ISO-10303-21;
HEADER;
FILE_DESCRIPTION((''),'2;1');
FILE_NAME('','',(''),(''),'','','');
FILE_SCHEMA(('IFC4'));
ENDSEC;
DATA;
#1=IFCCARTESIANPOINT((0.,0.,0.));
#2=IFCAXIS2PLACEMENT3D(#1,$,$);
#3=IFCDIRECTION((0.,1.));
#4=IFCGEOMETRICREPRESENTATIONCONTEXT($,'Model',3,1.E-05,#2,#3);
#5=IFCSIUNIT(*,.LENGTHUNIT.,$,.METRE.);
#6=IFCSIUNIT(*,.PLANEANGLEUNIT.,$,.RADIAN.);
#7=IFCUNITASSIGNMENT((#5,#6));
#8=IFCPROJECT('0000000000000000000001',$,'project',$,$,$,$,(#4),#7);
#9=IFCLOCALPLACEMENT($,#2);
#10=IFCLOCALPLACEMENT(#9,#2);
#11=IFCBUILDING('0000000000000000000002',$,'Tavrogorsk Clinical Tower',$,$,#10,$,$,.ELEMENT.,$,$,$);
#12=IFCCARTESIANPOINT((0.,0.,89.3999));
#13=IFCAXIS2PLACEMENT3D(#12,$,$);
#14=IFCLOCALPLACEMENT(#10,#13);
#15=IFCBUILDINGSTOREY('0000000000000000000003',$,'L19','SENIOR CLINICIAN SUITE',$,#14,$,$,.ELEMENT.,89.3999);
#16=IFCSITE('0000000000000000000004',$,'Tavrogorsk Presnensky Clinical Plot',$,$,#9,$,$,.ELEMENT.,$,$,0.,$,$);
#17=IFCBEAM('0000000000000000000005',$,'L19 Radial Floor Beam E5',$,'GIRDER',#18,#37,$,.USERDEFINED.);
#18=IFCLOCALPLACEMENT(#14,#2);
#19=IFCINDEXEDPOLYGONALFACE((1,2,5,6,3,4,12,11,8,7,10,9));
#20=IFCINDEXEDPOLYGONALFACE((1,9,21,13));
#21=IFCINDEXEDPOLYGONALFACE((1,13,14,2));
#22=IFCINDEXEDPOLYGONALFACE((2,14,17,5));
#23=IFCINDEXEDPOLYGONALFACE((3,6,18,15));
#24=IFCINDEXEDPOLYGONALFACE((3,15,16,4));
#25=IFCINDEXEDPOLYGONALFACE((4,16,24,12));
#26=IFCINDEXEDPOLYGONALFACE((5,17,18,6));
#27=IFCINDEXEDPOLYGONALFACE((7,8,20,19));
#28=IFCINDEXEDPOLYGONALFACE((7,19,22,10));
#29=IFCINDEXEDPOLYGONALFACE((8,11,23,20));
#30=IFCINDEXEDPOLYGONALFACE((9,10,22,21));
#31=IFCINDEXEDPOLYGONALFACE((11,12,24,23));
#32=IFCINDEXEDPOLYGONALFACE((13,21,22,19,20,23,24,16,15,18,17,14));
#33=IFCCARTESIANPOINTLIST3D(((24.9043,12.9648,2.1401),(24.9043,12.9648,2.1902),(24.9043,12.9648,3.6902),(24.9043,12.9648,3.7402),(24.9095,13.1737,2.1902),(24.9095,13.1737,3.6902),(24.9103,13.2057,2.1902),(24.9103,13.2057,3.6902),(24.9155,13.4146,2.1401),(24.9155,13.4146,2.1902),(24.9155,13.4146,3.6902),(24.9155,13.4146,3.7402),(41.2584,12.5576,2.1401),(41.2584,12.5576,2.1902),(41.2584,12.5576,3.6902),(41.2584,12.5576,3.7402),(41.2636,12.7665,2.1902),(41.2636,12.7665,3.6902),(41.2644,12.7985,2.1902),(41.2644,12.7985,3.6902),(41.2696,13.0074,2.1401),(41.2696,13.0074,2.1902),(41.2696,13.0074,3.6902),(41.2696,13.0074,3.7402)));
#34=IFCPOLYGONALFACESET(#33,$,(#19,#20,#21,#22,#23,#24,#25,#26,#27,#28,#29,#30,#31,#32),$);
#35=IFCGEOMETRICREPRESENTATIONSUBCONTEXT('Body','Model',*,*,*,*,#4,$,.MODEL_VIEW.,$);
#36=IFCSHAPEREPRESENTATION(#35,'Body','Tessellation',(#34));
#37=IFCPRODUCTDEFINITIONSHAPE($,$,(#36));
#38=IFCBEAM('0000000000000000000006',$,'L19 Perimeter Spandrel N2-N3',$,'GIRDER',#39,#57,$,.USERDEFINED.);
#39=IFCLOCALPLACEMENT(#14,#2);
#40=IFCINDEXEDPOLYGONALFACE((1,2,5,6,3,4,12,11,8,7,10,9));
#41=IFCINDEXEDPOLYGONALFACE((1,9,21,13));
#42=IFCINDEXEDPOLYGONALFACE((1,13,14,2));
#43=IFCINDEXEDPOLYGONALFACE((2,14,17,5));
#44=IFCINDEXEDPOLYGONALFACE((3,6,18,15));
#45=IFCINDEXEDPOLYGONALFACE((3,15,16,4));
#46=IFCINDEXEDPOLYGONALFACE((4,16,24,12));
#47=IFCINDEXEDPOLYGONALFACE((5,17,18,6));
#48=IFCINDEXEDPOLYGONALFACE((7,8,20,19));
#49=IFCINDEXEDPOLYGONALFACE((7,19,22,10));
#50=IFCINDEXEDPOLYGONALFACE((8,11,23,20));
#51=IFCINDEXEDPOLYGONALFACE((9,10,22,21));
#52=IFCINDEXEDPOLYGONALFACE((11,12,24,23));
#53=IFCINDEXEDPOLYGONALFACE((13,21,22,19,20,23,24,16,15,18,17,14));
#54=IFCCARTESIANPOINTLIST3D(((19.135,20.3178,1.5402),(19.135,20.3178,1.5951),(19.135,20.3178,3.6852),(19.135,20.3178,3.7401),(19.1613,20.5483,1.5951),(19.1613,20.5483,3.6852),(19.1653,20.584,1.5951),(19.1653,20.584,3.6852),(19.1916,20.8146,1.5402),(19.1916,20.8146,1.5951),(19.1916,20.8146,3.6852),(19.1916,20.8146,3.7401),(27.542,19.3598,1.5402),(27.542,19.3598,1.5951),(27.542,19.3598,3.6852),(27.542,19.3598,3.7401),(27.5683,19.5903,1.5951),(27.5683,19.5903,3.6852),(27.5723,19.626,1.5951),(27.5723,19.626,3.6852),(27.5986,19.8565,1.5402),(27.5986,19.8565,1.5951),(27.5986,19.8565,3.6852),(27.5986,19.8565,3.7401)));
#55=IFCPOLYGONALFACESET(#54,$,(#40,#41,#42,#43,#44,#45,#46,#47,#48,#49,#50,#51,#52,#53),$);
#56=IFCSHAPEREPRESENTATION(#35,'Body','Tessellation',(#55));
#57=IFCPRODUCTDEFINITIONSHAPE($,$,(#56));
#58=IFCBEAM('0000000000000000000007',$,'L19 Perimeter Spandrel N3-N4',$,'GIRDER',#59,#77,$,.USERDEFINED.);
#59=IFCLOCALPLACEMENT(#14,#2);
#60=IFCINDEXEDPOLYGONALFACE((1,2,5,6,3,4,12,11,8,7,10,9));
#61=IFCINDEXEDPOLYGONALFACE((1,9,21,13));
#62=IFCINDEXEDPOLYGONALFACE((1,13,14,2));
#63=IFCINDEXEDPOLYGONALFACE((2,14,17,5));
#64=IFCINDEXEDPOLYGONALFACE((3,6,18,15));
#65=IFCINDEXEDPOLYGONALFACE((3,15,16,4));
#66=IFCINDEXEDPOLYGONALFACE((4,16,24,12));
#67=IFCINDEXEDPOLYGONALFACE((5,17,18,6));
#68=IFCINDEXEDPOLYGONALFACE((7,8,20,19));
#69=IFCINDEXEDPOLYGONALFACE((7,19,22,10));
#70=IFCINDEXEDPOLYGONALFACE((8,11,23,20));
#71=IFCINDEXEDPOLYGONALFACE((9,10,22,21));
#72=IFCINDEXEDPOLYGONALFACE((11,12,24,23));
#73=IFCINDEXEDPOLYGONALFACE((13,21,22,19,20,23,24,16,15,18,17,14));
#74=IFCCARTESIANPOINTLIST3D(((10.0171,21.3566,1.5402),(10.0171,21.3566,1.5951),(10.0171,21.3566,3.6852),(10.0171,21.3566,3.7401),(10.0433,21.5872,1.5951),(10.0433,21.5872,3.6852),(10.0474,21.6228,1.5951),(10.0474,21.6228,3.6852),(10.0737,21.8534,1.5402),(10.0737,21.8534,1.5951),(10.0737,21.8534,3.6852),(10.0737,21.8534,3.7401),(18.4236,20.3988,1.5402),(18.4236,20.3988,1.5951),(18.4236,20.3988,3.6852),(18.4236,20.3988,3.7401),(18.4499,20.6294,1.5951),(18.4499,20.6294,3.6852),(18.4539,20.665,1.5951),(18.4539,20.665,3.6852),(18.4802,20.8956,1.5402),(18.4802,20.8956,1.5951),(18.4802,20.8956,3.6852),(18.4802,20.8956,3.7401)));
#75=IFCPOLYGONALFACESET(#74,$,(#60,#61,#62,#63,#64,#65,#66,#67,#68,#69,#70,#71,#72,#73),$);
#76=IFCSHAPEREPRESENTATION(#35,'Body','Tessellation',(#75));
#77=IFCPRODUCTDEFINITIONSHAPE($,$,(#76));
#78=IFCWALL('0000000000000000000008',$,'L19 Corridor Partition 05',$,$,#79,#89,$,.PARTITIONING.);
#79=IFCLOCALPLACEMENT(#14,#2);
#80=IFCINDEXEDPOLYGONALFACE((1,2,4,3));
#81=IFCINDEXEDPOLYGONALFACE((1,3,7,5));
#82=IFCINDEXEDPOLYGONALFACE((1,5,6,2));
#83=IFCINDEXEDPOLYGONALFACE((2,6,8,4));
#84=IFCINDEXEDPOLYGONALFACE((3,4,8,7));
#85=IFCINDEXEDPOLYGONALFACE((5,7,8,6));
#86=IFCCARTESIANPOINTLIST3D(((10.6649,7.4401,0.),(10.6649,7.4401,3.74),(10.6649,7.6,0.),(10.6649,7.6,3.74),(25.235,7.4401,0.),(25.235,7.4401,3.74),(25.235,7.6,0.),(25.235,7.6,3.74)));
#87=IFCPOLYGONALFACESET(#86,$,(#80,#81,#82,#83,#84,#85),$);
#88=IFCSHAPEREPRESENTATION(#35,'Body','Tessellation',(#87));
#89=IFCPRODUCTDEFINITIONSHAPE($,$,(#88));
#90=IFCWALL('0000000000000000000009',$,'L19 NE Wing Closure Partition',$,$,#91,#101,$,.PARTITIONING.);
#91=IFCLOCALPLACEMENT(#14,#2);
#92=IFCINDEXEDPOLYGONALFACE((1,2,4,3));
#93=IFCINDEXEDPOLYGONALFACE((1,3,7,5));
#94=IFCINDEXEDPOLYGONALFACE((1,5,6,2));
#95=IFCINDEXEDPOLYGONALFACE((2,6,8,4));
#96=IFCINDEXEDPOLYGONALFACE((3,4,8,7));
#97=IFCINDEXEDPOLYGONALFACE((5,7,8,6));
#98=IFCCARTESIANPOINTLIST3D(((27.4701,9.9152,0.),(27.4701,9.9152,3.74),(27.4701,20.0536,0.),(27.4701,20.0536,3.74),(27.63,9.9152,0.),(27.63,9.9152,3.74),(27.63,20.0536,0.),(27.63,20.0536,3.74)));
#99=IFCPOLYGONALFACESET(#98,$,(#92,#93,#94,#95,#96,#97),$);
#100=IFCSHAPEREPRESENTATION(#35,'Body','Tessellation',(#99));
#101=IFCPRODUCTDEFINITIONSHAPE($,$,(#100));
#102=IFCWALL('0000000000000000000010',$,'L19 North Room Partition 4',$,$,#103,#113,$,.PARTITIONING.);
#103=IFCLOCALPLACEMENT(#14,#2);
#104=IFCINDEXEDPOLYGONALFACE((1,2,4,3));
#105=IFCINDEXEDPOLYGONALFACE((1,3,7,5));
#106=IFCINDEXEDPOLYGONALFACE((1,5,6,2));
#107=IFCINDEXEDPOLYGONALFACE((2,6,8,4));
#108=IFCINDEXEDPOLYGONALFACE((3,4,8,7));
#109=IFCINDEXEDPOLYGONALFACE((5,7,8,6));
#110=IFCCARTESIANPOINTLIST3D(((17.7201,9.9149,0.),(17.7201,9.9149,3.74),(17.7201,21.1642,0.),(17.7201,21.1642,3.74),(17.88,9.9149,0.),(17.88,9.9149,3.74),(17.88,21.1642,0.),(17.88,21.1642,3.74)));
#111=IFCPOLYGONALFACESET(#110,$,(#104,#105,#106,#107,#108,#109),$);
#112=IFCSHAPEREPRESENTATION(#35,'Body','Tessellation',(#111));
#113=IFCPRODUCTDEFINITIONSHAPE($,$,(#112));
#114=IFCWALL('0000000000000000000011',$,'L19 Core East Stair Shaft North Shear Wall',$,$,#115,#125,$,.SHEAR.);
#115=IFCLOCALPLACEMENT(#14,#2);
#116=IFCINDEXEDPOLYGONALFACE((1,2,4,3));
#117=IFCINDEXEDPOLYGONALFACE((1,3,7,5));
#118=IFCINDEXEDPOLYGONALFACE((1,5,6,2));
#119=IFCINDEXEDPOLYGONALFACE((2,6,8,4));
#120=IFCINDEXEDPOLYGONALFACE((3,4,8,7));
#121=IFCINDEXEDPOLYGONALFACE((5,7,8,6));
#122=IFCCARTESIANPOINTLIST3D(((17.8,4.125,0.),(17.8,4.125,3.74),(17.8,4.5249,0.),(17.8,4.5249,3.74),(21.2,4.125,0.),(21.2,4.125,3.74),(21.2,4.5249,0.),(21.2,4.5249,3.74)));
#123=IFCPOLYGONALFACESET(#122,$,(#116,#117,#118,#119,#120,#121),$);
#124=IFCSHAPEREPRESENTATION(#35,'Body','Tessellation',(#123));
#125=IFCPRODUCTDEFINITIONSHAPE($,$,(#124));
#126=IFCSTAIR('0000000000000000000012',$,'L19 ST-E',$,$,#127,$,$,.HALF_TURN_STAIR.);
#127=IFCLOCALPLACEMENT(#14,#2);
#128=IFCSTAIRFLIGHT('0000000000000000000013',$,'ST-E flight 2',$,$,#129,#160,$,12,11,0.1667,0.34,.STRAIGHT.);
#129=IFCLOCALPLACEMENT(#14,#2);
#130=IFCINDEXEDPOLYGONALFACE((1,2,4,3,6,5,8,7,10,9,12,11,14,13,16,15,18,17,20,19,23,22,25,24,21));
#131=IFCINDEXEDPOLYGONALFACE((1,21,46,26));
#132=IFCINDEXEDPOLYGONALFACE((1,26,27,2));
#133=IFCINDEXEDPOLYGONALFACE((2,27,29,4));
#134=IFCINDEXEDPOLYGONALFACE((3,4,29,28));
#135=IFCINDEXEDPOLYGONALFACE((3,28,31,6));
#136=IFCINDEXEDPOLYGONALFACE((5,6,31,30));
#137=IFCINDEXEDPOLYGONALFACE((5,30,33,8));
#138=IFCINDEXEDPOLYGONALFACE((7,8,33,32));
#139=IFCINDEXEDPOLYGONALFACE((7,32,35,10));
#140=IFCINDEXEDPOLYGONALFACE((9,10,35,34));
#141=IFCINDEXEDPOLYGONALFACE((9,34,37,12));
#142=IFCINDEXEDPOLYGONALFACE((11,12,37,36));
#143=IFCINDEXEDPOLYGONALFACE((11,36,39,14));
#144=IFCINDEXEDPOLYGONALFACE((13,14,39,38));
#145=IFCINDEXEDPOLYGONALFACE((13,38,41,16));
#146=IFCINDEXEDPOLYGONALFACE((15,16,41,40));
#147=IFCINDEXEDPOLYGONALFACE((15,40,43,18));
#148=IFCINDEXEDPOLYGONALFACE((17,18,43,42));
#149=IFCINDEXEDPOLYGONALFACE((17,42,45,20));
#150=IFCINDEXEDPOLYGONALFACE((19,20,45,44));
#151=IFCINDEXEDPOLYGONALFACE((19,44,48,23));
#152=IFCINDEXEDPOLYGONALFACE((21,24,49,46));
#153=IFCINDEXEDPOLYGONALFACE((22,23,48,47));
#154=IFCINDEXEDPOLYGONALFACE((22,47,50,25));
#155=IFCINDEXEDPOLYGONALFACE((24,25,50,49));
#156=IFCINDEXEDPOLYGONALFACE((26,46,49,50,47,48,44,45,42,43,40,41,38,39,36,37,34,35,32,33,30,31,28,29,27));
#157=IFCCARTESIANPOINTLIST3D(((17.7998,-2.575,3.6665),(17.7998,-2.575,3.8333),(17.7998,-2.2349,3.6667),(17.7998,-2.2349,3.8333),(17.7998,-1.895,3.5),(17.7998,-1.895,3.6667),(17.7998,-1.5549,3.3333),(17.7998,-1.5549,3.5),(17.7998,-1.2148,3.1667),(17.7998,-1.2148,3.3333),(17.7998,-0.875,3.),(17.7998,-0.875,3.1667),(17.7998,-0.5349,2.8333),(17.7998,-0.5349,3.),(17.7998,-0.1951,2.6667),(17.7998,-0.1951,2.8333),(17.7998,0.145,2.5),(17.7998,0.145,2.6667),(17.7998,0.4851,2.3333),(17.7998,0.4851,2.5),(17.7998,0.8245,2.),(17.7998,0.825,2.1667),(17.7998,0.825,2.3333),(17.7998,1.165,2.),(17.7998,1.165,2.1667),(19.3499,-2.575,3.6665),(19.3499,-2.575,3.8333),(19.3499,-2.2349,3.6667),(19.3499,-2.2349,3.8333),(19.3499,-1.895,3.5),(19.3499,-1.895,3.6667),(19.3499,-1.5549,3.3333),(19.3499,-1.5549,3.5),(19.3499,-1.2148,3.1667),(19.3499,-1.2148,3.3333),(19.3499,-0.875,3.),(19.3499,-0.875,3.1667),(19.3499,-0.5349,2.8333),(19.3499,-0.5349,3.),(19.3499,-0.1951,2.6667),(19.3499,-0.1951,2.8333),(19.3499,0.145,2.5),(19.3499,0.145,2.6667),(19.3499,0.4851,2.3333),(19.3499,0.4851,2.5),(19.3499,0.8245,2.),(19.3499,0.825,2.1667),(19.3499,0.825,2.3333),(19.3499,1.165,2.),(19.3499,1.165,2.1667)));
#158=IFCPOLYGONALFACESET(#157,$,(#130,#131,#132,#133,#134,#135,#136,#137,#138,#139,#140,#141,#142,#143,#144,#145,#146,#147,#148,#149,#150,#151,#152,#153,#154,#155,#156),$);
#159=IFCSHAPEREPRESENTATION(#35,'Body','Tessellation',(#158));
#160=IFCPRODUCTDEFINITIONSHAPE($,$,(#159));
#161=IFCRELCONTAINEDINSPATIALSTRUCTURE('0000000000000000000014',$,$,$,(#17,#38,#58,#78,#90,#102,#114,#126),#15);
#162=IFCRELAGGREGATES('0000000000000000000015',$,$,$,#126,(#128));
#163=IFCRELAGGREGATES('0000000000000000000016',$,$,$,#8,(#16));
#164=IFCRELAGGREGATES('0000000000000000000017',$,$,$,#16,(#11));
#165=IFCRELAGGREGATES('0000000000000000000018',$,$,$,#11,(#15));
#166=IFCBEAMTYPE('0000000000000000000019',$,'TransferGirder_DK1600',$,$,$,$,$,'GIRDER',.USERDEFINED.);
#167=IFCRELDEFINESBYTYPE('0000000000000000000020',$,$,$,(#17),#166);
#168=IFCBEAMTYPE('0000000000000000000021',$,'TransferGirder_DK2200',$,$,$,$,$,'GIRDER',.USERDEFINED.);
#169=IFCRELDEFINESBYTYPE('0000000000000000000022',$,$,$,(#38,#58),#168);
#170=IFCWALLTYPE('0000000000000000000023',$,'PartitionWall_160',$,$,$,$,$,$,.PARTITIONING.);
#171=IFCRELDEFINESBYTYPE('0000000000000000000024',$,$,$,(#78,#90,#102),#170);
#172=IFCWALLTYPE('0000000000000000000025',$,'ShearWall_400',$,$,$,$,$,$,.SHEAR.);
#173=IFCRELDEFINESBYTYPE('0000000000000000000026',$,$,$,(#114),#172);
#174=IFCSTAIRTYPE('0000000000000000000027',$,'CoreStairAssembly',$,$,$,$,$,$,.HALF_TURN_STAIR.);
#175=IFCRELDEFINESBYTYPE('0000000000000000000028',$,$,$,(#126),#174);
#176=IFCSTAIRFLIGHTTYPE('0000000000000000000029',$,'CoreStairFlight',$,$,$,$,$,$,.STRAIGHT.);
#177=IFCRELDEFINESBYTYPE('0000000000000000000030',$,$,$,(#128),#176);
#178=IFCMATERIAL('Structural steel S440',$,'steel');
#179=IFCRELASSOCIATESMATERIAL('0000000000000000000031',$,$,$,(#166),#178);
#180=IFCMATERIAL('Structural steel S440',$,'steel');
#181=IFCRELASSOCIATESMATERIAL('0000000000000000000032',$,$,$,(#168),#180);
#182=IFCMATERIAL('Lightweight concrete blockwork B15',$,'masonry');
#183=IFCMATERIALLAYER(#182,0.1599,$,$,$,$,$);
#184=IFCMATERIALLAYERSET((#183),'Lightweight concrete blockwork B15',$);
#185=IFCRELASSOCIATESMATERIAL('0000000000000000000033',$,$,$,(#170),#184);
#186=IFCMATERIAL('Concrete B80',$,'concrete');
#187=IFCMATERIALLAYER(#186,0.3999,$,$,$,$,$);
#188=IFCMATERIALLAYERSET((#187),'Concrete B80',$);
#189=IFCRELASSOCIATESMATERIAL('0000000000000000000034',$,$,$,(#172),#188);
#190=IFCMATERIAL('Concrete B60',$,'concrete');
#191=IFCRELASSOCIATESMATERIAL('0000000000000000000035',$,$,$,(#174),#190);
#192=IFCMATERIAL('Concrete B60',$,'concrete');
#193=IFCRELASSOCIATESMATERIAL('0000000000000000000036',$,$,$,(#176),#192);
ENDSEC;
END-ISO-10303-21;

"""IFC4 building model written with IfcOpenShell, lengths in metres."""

from ifc_helpers import new_model, si_unit, direction, frame, frame_2d, origin, origin_2d, place, context, subcontext, project, spatial, polyline, rectangle, i_section, outline, extrude, material, layer, layer_set, material_profile, profile_set, type_object, element, aggregate, save


model = new_model("IFC4")

# Units and contexts
model_context = context("Model", 3, precision=1e-05, world=origin(), true_north=direction((0.0, 1.0)))
body_context = subcontext(model_context, "Body", "Model", "MODEL_VIEW")
ifc_project = project(units=[si_unit("LENGTHUNIT", "METRE"), si_unit("PLANEANGLEUNIT", "RADIAN")], contexts=[model_context])

# Site, building, storey
site_placement = place(None, origin())
site = spatial("IfcSite", under=ifc_project, at=site_placement, Name="Tavrogorsk Presnensky Clinical Plot", CompositionType="ELEMENT", RefElevation=0.0)
building_placement = place(site_placement, origin())
building = spatial("IfcBuilding", under=site, at=building_placement, Name="Tavrogorsk Clinical Tower", CompositionType="ELEMENT")
storey_placement = place(building_placement, frame((0.0, 0.0, 89.3999)))
storey = spatial("IfcBuildingStorey", under=building, at=storey_placement, Name="L19", Description="SENIOR CLINICIAN SUITE", CompositionType="ELEMENT", Elevation=89.3999)

# Beams
ifc_material_1 = material(Name="Structural steel S440", Category="steel")
ifc_material_profile_1 = material_profile(ifc_material_1, i_section(OverallWidth=0.45, OverallDepth=1.6001, WebThickness=0.032, FlangeThickness=0.05, at=origin_2d()), Name="DK-1600x450x32x50")
ifc_profile_set_1 = profile_set([ifc_material_profile_1], Name="Structural steel S440")
beam_type_1 = type_object("IfcBeamType", Name="TransferGirder_DK1600", ElementType="GIRDER", PredefinedType="USERDEFINED", material=ifc_profile_set_1)
beam_1_placement = place(storey_placement, frame((24.9099, 13.1897, 2.9402), z_axis=(0.99969, -0.024893, 0.0), x_axis=(0.024893, 0.99969, 0.0)))
element("IfcBeam", 1, at=beam_1_placement, inside=storey, type_object=beam_type_1, Name="L19 Radial Floor Beam E5", ObjectType="GIRDER", PredefinedType="USERDEFINED", context=body_context, shape_type="SweptSolid", body=[
    extrude(i_section(OverallWidth=0.45, OverallDepth=1.6001, WebThickness=0.032, FlangeThickness=0.05, at=origin_2d()), origin(), (0.0, 0.0, 1.0), 16.3591),
])
ifc_material_2 = material(Name="Structural steel S440", Category="steel")
ifc_material_profile_2 = material_profile(ifc_material_2, i_section(OverallWidth=0.5, OverallDepth=2.2, WebThickness=0.0359, FlangeThickness=0.0549, at=origin_2d()), Name="DK-2200x500x36x55")
ifc_profile_set_2 = profile_set([ifc_material_profile_2], Name="Structural steel S440")
beam_type_2 = type_object("IfcBeamType", Name="TransferGirder_DK2200", ElementType="GIRDER", PredefinedType="USERDEFINED", material=ifc_profile_set_2)
beam_2_placement = place(storey_placement, frame((27.5703, 19.6082, 2.6401), z_axis=(-0.99357, 0.113221, 0.0), x_axis=(-0.113221, -0.99357, 0.0)))
element("IfcBeam", 2, at=beam_2_placement, inside=storey, type_object=beam_type_2, Name="L19 Perimeter Spandrel N2-N3", ObjectType="GIRDER", PredefinedType="USERDEFINED", context=body_context, shape_type="SweptSolid", body=[
    extrude(i_section(OverallWidth=0.5, OverallDepth=2.2, WebThickness=0.0359, FlangeThickness=0.0549, at=origin_2d()), origin(), (0.0, 0.0, 1.0), 8.4614),
])
beam_3_placement = place(storey_placement, frame((18.4519, 20.6472, 2.6401), z_axis=(-0.993572, 0.113199, 0.0), x_axis=(-0.113199, -0.993572, 0.0)))
element("IfcBeam", 3, at=beam_3_placement, inside=storey, type_object=beam_type_2, Name="L19 Perimeter Spandrel N3-N4", ObjectType="GIRDER", PredefinedType="USERDEFINED", context=body_context, shape_type="SweptSolid", body=[
    extrude(i_section(OverallWidth=0.5, OverallDepth=2.2, WebThickness=0.0359, FlangeThickness=0.0549, at=origin_2d()), origin(), (0.0, 0.0, 1.0), 8.4609),
])

# Walls
ifc_material_3 = material(Name="Lightweight concrete blockwork B15", Category="masonry")
ifc_layer_1 = layer(ifc_material_3, 0.1599)
ifc_layer_set_1 = layer_set([ifc_layer_1], Name="Lightweight concrete blockwork B15")
wall_type_1 = type_object("IfcWallType", Name="PartitionWall_160", PredefinedType="PARTITIONING", material=ifc_layer_set_1)
wall_1_placement = place(storey_placement, frame((25.2351, 7.52, 0.0), z_axis=(0.0, 0.0, 1.0), x_axis=(-1.0, 0.0, 0.0)))
element("IfcWall", 4, at=wall_1_placement, inside=storey, type_object=wall_type_1, Name="L19 Corridor Partition 05", PredefinedType="PARTITIONING", context=body_context, shape_type="SweptSolid", body=[
    extrude(rectangle(XDim=14.5701, YDim=0.1599, at=frame_2d((7.2852, 0.0))), origin(), (0.0, 0.0, 1.0), 3.74),
])
wall_2_placement = place(storey_placement, frame((27.55, 9.915, 0.0), z_axis=(0.0, 0.0, 1.0), x_axis=(0.0, 1.0, 0.0)))
element("IfcWall", 5, at=wall_2_placement, inside=storey, type_object=wall_type_1, Name="L19 NE Wing Closure Partition", PredefinedType="PARTITIONING", context=body_context, shape_type="SweptSolid", body=[
    extrude(rectangle(XDim=10.1384, YDim=0.1599, at=frame_2d((5.0693, 0.0))), origin(), (0.0, 0.0, 1.0), 3.74),
])
wall_3_placement = place(storey_placement, frame((17.8, 9.915, 0.0), z_axis=(0.0, 0.0, 1.0), x_axis=(0.0, 1.0, 0.0)))
element("IfcWall", 6, at=wall_3_placement, inside=storey, type_object=wall_type_1, Name="L19 North Room Partition 4", PredefinedType="PARTITIONING", context=body_context, shape_type="SweptSolid", body=[
    extrude(rectangle(XDim=11.2493, YDim=0.1599, at=frame_2d((5.6245, 0.0))), origin(), (0.0, 0.0, 1.0), 3.74),
])
ifc_material_4 = material(Name="Concrete B80", Category="concrete")
ifc_layer_2 = layer(ifc_material_4, 0.3999)
ifc_layer_set_2 = layer_set([ifc_layer_2], Name="Concrete B80")
wall_type_2 = type_object("IfcWallType", Name="ShearWall_400", PredefinedType="SHEAR", material=ifc_layer_set_2)
wall_4_placement = place(storey_placement, frame((17.8, 4.325, 0.0), z_axis=(0.0, 0.0, 1.0), x_axis=(1.0, 0.0, 0.0)))
element("IfcWall", 7, at=wall_4_placement, inside=storey, type_object=wall_type_2, Name="L19 Core East Stair Shaft North Shear Wall", PredefinedType="SHEAR", context=body_context, shape_type="SweptSolid", body=[
    extrude(rectangle(XDim=3.3999, YDim=0.3999, at=frame_2d((1.7, 0.0))), origin(), (0.0, 0.0, 1.0), 3.74),
])

# Stair, stair flight
ifc_material_5 = material(Name="Concrete B60", Category="concrete")
stair_type = type_object("IfcStairType", Name="CoreStairAssembly", PredefinedType="HALF_TURN_STAIR", material=ifc_material_5)
stair_placement = place(storey_placement, origin())
stair = element("IfcStair", 8, at=stair_placement, inside=storey, type_object=stair_type, Name="L19 ST-E", PredefinedType="HALF_TURN_STAIR")
ifc_material_6 = material(Name="Concrete B60", Category="concrete")
stair_flight_type = type_object("IfcStairFlightType", Name="CoreStairFlight", PredefinedType="STRAIGHT", material=ifc_material_6)
stair_flight_placement = place(storey_placement, frame((18.575, 1.165, 2.0), z_axis=(0.0, 0.0, 1.0), x_axis=(0.0, -1.0, 0.0)))
stair_flight = element("IfcStairFlight", 9, at=stair_flight_placement, type_object=stair_flight_type, Name="ST-E flight 2", NumberOfRisers=12, NumberOfTreads=11, PredefinedType="STRAIGHT", RiserHeight=0.1667, TreadLength=0.34, context=body_context, shape_type="SweptSolid", body=[
    extrude(outline(polyline([(0.0, 0.0), (0.0, 0.1667), (0.3401, 0.1667), (0.3401, 0.3333), (0.6799, 0.3333), (0.6799, 0.5), (1.02, 0.5), (1.02, 0.6667), (1.3601, 0.6667), (1.3601, 0.8333), (1.7, 0.8333), (1.7, 1.0), (2.04, 1.0), (2.04, 1.1667), (2.3799, 1.1667), (2.3799, 1.3333), (2.72, 1.3333), (2.72, 1.5), (3.0601, 1.5), (3.0601, 1.6667), (3.3999, 1.6667), (3.3999, 1.8333), (3.74, 1.8333), (3.74, 2.0), (3.74, 1.6665), (0.3406, 0.0), (0.0, 0.0)])), frame((0.0, 0.7749, 0.0), z_axis=(0.0, -1.0, 0.0), x_axis=(1.0, 0.0, 0.0)), (0.0, 0.0, 1.0), 1.55),
])
aggregate(stair, [stair_flight])

save(model, "model.ifc")
